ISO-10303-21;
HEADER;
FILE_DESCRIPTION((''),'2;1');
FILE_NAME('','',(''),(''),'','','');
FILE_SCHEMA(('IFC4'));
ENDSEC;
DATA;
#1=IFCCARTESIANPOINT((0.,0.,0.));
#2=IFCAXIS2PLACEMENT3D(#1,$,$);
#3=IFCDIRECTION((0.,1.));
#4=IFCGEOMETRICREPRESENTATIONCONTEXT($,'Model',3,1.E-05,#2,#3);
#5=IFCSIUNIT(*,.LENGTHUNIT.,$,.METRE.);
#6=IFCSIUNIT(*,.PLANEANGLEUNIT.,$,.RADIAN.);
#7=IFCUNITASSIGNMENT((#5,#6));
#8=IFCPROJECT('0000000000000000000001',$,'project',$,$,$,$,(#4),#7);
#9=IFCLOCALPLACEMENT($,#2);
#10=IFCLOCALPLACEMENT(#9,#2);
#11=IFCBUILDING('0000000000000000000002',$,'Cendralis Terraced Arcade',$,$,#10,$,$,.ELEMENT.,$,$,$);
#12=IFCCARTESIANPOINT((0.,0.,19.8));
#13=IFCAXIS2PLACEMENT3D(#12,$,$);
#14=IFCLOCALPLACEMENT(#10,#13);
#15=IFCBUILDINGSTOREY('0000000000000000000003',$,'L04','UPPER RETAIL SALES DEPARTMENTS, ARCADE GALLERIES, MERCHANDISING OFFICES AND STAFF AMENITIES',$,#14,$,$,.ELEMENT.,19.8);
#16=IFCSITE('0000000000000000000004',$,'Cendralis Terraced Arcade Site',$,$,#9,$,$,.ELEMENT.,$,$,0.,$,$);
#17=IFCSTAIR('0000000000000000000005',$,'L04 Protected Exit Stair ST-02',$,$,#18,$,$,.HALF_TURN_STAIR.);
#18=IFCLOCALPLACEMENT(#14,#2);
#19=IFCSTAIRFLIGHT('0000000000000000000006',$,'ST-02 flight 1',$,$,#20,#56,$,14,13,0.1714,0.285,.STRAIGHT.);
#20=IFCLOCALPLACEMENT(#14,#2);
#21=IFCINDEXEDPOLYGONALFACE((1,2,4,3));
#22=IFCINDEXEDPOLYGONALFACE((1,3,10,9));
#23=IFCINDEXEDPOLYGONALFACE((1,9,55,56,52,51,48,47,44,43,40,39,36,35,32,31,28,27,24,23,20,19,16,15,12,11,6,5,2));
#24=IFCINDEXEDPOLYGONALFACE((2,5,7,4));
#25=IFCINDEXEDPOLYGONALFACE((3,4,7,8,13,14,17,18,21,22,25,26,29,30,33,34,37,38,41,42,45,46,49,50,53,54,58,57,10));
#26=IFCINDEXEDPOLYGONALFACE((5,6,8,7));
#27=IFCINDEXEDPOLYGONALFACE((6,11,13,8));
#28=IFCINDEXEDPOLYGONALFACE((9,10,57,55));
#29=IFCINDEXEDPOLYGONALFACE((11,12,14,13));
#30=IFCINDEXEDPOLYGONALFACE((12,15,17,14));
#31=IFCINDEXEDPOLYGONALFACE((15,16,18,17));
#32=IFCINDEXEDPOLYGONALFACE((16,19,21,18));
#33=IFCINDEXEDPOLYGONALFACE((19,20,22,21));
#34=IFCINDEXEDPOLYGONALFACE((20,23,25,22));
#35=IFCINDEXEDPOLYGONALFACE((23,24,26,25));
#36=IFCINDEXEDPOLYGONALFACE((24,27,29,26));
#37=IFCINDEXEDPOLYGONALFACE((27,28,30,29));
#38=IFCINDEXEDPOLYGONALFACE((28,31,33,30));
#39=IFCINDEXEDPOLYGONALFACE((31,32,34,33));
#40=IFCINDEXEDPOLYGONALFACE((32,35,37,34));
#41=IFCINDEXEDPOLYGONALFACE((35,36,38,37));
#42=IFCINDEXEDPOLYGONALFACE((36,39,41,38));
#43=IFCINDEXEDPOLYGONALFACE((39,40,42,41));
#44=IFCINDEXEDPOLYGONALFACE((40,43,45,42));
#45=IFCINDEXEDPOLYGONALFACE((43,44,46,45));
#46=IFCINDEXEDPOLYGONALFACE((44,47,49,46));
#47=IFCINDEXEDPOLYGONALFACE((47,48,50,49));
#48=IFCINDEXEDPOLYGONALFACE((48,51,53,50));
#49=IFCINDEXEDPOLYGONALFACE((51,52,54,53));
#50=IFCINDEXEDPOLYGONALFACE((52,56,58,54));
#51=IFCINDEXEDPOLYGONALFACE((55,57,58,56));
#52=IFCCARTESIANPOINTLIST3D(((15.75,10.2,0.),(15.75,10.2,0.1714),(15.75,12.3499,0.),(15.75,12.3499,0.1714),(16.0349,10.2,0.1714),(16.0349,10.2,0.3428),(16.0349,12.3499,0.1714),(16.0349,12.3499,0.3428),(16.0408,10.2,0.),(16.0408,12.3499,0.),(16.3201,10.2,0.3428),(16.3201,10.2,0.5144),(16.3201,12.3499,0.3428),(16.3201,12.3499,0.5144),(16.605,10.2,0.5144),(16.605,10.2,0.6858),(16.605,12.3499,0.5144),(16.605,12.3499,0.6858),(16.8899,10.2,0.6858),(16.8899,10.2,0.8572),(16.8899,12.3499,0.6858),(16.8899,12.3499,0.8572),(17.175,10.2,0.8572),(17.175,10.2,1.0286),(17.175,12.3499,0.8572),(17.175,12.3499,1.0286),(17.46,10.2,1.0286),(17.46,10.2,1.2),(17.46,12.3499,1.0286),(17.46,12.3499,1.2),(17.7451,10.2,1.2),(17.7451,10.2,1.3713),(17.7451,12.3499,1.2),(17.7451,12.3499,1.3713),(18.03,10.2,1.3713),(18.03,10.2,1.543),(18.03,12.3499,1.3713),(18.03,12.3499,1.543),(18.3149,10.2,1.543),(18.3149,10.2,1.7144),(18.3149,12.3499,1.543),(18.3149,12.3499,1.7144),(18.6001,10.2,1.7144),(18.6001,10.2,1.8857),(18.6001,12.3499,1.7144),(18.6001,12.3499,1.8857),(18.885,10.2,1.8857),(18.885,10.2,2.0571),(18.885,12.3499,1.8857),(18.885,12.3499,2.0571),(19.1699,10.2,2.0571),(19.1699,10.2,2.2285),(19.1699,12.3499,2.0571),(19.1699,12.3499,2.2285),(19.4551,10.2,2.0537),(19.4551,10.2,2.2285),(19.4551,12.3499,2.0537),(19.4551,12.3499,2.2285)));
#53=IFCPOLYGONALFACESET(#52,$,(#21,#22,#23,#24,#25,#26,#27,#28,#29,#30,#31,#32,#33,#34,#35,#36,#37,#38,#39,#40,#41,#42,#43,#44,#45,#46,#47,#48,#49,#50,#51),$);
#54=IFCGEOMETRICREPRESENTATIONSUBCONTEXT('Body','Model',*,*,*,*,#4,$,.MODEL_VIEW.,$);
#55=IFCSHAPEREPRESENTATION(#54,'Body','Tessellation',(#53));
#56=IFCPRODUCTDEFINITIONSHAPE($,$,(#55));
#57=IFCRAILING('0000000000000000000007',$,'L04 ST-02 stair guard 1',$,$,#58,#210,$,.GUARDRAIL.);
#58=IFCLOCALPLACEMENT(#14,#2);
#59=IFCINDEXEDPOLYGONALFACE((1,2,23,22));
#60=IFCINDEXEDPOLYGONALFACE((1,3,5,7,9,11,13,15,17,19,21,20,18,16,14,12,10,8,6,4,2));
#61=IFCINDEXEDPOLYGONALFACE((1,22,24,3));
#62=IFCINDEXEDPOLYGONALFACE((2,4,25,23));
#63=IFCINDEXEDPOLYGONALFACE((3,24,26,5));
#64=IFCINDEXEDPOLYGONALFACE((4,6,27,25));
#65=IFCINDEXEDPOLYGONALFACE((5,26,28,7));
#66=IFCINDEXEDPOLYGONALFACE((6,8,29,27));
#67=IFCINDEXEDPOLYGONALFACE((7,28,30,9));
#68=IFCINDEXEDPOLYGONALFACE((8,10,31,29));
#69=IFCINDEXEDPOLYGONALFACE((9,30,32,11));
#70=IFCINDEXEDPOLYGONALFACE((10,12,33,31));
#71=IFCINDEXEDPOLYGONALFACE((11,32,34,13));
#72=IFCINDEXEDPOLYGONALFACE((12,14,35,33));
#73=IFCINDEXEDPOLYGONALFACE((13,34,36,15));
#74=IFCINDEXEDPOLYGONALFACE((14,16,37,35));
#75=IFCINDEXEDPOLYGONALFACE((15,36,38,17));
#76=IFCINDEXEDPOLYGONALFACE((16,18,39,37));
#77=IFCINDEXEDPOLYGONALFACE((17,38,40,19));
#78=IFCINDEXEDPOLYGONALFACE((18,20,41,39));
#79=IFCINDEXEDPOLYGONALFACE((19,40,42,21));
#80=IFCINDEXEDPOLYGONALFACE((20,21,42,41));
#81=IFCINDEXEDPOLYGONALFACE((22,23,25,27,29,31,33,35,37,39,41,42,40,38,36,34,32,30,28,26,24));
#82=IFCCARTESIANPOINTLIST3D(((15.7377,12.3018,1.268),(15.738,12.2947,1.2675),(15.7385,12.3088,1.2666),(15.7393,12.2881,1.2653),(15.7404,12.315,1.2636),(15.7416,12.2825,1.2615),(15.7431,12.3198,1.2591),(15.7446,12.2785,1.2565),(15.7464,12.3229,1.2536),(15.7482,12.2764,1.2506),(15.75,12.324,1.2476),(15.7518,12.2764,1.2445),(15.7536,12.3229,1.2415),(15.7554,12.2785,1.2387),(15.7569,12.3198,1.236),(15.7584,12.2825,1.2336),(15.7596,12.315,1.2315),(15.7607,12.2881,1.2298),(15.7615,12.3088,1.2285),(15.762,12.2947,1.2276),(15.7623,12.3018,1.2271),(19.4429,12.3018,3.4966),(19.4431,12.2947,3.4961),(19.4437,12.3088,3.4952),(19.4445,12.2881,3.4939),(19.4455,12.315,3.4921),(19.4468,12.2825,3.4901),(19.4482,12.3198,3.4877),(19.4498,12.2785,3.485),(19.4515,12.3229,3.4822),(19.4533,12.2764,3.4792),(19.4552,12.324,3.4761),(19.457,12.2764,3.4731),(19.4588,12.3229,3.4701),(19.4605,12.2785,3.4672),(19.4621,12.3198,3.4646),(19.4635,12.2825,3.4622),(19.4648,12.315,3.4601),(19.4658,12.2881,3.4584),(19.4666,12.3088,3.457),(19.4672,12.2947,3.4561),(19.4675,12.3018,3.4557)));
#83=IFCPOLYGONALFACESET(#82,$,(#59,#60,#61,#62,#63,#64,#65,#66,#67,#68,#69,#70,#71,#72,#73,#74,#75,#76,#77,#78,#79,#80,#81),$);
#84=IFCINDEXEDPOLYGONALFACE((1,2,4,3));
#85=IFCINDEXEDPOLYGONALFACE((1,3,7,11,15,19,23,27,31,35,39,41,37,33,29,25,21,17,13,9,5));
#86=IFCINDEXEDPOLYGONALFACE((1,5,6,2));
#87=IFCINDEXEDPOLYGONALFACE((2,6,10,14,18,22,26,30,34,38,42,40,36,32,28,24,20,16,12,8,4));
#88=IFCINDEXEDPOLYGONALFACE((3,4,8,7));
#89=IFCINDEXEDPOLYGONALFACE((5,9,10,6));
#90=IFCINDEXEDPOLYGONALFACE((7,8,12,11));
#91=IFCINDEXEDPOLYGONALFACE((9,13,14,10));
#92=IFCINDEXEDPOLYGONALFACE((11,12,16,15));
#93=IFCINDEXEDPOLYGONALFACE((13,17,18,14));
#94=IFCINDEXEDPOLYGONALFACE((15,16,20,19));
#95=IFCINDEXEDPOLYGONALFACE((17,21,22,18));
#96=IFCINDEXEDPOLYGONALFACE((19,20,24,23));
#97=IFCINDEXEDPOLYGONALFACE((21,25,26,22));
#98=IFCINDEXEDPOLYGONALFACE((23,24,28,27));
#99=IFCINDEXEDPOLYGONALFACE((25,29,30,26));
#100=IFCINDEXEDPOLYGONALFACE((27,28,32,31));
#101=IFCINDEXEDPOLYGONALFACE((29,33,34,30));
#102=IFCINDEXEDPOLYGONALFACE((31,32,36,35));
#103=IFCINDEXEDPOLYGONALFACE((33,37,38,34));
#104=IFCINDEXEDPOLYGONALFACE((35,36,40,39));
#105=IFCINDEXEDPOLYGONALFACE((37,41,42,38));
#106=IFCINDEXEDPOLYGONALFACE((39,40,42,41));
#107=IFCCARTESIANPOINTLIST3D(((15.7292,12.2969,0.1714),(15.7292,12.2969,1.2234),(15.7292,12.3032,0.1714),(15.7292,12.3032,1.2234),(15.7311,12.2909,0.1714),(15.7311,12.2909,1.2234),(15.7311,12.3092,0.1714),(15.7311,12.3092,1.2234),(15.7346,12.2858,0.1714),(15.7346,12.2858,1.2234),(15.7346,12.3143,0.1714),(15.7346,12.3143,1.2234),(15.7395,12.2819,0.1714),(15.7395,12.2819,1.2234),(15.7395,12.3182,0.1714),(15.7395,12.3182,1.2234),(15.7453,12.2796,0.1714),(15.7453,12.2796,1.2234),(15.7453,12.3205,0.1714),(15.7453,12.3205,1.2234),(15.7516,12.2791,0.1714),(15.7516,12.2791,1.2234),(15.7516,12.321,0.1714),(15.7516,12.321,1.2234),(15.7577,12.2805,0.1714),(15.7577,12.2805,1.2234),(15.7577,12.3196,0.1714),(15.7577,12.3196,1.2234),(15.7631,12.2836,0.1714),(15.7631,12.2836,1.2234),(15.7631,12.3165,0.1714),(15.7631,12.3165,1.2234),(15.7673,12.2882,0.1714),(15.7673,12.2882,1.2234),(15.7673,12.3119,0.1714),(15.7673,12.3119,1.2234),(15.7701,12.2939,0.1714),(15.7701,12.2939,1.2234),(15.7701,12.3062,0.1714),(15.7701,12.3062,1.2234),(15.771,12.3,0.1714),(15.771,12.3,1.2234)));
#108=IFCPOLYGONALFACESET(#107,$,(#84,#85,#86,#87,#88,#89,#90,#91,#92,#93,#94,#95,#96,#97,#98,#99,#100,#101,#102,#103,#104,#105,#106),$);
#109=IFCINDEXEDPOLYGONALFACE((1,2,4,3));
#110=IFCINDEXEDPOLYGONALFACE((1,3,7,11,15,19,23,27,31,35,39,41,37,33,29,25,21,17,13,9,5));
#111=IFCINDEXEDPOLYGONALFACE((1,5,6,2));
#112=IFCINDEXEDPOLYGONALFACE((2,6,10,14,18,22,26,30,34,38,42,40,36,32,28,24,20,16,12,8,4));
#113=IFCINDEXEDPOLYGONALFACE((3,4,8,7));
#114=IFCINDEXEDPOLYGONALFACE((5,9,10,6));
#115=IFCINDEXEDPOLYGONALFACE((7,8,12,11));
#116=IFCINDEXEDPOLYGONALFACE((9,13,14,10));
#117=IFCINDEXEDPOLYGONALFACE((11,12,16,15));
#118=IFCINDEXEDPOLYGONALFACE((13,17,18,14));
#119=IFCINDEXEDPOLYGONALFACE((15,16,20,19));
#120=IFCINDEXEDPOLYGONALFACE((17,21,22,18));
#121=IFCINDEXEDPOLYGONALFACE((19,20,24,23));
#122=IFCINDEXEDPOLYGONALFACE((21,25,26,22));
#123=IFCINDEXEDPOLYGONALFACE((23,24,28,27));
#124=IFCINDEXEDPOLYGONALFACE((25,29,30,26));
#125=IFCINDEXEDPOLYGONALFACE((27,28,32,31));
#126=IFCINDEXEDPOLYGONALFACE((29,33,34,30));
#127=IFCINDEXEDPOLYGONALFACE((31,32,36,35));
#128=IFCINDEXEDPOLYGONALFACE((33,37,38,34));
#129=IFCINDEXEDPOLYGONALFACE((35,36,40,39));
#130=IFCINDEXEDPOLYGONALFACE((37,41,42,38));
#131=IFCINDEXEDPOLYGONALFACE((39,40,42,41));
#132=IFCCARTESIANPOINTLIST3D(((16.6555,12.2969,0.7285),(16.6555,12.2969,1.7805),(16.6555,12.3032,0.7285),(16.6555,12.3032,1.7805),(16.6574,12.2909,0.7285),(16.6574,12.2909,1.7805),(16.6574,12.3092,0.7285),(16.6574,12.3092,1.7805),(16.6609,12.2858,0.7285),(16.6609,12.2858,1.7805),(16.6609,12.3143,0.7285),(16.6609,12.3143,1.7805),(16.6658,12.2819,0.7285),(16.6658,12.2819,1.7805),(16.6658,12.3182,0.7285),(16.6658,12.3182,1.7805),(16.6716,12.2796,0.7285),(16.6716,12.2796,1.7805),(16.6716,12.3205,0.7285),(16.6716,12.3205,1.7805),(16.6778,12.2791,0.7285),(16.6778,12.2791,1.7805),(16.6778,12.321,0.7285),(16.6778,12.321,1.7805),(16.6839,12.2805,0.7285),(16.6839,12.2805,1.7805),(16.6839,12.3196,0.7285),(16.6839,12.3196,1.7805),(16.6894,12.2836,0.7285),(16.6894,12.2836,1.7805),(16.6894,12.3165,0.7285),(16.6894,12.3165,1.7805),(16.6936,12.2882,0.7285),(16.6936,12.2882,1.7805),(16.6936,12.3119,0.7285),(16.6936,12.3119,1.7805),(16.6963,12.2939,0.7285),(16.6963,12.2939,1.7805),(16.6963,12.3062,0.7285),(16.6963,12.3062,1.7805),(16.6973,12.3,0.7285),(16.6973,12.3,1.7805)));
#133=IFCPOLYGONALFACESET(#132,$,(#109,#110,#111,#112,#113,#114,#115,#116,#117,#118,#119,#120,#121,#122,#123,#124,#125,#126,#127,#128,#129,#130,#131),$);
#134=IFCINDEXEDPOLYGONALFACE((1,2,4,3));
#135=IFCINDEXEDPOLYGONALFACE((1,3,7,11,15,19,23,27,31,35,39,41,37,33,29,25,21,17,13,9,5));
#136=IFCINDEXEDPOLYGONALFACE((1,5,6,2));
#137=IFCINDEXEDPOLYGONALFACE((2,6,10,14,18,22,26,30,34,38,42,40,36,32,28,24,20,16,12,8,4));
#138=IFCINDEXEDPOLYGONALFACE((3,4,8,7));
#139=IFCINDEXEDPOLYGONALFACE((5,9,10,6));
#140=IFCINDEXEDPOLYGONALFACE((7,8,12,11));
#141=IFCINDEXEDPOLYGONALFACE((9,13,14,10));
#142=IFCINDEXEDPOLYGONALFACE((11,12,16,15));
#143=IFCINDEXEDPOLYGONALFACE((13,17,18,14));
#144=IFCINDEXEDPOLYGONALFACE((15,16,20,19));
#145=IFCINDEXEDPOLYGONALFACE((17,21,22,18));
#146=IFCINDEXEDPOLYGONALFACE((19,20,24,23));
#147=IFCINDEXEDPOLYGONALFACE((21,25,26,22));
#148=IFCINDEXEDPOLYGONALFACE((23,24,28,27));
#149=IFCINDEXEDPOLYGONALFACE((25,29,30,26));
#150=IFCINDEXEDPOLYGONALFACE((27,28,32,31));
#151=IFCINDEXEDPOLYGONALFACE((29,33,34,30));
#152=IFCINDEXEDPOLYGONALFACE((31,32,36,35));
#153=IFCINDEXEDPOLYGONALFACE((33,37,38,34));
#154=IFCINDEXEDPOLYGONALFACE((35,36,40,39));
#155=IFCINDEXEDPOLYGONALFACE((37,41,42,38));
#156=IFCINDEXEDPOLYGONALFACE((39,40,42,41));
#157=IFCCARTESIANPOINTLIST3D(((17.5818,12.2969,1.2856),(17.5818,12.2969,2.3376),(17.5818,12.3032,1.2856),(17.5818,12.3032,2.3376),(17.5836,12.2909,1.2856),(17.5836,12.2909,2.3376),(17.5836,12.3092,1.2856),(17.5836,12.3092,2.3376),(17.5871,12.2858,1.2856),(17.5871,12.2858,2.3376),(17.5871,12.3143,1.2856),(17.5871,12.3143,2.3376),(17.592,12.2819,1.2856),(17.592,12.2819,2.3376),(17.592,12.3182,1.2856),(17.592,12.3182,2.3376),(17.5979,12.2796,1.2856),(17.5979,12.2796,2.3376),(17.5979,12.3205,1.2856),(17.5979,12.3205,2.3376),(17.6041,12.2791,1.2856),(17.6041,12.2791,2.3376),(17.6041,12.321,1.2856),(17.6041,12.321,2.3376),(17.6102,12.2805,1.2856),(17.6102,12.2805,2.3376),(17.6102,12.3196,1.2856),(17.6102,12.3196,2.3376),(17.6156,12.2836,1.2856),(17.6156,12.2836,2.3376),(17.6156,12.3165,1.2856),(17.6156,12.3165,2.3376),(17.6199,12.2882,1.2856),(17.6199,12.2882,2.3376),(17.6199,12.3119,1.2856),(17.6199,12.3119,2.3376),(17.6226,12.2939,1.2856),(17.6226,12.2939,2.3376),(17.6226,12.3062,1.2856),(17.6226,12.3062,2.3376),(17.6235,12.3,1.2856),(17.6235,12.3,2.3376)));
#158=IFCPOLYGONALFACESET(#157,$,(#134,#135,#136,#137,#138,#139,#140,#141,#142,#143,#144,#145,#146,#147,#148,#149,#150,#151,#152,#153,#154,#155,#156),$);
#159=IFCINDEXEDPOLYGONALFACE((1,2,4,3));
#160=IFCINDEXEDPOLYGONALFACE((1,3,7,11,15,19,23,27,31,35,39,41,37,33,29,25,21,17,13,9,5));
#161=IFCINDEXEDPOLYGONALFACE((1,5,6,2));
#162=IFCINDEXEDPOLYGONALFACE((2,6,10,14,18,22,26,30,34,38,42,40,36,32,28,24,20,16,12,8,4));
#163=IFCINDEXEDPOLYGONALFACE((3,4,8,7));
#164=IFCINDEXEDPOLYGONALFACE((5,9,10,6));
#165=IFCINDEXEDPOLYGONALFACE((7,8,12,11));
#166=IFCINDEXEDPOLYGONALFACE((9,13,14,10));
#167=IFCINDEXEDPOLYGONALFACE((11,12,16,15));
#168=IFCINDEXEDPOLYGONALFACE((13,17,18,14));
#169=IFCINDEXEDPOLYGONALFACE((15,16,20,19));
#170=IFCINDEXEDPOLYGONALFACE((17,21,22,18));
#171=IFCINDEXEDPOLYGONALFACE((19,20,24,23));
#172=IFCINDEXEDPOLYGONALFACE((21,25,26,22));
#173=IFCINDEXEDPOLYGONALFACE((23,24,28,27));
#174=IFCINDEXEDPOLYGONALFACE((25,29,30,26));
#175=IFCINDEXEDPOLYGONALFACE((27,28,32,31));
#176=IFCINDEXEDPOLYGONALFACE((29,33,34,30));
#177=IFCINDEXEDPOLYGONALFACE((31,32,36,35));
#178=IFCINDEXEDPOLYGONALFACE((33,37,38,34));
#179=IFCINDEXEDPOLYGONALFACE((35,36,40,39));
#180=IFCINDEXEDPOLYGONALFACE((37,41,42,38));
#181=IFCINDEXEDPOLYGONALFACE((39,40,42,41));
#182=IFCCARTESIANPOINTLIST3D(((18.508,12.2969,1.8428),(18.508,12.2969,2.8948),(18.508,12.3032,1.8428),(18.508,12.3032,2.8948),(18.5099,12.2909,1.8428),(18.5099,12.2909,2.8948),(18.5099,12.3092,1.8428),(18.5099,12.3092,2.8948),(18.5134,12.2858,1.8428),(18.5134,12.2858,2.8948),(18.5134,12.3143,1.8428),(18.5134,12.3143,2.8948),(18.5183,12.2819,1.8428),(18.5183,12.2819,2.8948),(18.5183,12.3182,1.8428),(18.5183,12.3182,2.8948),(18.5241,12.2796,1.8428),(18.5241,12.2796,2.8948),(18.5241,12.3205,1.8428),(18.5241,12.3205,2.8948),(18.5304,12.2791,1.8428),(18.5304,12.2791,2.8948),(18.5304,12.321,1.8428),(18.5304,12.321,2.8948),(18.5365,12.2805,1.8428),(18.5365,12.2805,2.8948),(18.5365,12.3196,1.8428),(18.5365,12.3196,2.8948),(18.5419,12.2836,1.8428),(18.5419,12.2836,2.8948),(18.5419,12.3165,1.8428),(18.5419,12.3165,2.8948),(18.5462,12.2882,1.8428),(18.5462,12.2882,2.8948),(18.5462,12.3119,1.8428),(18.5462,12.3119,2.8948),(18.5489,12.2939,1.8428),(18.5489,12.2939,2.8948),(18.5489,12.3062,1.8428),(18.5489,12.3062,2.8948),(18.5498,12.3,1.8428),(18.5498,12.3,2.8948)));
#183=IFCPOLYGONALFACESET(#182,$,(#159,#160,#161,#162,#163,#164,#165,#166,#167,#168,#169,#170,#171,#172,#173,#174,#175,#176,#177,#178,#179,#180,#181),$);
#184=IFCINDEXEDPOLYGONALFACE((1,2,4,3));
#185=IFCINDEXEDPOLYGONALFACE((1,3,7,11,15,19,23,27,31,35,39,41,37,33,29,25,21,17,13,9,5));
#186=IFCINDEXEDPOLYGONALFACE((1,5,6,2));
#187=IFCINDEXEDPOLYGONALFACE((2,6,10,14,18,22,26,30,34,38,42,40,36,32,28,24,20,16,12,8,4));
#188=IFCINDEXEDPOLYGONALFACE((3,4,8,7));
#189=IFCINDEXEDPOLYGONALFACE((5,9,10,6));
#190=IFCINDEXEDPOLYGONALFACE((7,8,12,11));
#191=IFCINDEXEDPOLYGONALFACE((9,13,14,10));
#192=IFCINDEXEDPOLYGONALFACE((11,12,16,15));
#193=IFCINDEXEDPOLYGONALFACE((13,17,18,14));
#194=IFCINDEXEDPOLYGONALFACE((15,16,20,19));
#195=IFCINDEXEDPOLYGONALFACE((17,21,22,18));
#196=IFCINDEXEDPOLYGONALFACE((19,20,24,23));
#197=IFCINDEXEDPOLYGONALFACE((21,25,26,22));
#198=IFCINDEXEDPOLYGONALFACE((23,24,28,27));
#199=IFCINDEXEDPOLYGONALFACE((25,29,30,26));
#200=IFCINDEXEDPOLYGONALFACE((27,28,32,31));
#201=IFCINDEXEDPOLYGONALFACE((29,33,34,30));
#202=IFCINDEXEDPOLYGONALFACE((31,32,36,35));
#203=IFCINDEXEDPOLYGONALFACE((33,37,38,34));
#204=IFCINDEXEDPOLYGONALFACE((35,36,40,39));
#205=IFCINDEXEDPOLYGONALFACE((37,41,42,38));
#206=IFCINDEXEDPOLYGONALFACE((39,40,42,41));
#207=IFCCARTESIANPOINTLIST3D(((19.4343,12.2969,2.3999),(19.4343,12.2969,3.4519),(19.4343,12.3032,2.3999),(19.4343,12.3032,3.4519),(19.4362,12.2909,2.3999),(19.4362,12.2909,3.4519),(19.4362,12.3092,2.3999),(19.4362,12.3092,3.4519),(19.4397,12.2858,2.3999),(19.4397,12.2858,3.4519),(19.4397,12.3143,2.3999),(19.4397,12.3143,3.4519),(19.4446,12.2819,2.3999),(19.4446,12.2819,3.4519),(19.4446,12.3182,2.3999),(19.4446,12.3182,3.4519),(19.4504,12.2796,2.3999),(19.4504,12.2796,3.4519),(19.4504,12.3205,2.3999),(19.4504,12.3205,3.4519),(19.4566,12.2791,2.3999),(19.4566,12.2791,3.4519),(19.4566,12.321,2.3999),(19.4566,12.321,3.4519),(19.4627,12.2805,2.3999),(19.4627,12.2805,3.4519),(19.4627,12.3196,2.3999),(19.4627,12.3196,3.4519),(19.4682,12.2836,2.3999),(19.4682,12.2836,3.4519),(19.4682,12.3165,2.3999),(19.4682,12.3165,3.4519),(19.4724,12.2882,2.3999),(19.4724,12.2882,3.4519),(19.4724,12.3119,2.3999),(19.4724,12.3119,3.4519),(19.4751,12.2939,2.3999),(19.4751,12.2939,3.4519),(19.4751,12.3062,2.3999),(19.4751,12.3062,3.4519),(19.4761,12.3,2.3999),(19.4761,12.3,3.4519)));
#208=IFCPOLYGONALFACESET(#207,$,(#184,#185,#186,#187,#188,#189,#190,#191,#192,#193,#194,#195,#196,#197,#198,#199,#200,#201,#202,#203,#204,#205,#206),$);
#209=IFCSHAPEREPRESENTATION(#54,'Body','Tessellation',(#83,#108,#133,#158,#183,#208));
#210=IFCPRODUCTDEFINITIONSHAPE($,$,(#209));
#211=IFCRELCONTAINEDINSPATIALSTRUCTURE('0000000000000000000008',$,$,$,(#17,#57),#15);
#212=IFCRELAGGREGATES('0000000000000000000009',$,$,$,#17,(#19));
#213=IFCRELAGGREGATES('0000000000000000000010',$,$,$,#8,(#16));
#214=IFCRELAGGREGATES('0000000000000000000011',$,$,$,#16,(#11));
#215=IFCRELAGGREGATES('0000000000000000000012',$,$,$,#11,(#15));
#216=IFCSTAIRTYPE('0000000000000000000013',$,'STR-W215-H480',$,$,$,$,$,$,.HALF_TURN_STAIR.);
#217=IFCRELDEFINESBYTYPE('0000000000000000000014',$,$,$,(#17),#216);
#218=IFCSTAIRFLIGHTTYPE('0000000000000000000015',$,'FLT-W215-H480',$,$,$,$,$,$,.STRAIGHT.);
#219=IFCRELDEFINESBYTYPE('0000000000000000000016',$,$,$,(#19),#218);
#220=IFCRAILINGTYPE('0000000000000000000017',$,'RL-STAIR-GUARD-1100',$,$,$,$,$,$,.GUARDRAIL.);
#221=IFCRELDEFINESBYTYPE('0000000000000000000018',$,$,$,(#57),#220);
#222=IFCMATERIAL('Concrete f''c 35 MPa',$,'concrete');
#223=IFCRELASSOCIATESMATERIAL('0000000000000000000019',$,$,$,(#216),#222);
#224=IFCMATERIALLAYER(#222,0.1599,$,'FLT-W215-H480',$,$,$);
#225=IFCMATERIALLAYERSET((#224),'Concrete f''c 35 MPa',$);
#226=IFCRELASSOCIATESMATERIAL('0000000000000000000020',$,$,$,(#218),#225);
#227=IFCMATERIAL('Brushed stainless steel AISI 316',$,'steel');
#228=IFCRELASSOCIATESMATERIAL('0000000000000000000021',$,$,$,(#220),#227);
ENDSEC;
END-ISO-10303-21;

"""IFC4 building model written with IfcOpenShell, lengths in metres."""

from ifc_helpers import new_model, si_unit, direction, frame, origin, origin_2d, place, context, subcontext, project, spatial, polyline, circle, outline, extrude, material, layer, layer_set, type_object, element, aggregate, save


model = new_model("IFC4")

# Units and contexts
model_context = context("Model", 3, precision=1e-05, world=origin(), true_north=direction((0.0, 1.0)))
body_context = subcontext(model_context, "Body", "Model", "MODEL_VIEW")
ifc_project = project(units=[si_unit("LENGTHUNIT", "METRE"), si_unit("PLANEANGLEUNIT", "RADIAN")], contexts=[model_context])

# Site, building, storey
site_placement = place(None, origin())
site = spatial("IfcSite", under=ifc_project, at=site_placement, Name="Cendralis Terraced Arcade Site", CompositionType="ELEMENT", RefElevation=0.0)
building_placement = place(site_placement, origin())
building = spatial("IfcBuilding", under=site, at=building_placement, Name="Cendralis Terraced Arcade", CompositionType="ELEMENT")
storey_placement = place(building_placement, frame((0.0, 0.0, 19.8)))
storey = spatial("IfcBuildingStorey", under=building, at=storey_placement, Name="L04", Description="UPPER RETAIL SALES DEPARTMENTS, ARCADE GALLERIES, MERCHANDISING OFFICES AND STAFF AMENITIES", CompositionType="ELEMENT", Elevation=19.8)

# Shared definitions
ifc_material_1 = material(Name="Concrete f'c 35 MPa", Category="concrete")

# Stair, stair flight
stair_type = type_object("IfcStairType", Name="STR-W215-H480", PredefinedType="HALF_TURN_STAIR", material=ifc_material_1)
stair_placement = place(storey_placement, origin())
stair = element("IfcStair", 1, at=stair_placement, inside=storey, type_object=stair_type, Name="L04 Protected Exit Stair ST-02", PredefinedType="HALF_TURN_STAIR")
ifc_layer_1 = layer(ifc_material_1, 0.1599, Name="FLT-W215-H480")
ifc_layer_set_1 = layer_set([ifc_layer_1], Name="Concrete f'c 35 MPa")
stair_flight_type = type_object("IfcStairFlightType", Name="FLT-W215-H480", PredefinedType="STRAIGHT", material=ifc_layer_set_1)
stair_flight_placement = place(storey_placement, frame((15.75, 11.2749, 0.0), z_axis=(0.0, 0.0, 1.0), x_axis=(1.0, 0.0, 0.0)))
stair_flight = element("IfcStairFlight", 2, at=stair_flight_placement, type_object=stair_flight_type, Name="ST-02 flight 1", NumberOfRisers=14, NumberOfTreads=13, PredefinedType="STRAIGHT", RiserHeight=0.1714, TreadLength=0.285, context=body_context, shape_type="SweptSolid", body=[
    extrude(outline(polyline([(0.0, 0.0), (0.0, 0.1714), (0.2849, 0.1714), (0.2849, 0.3428), (0.5701, 0.3428), (0.5701, 0.5144), (0.855, 0.5144), (0.855, 0.6858), (1.1399, 0.6858), (1.1399, 0.8572), (1.425, 0.8572), (1.425, 1.0286), (1.71, 1.0286), (1.71, 1.2), (1.9951, 1.2), (1.9951, 1.3713), (2.28, 1.3713), (2.28, 1.543), (2.5649, 1.543), (2.5649, 1.7144), (2.8501, 1.7144), (2.8501, 1.8857), (3.135, 1.8857), (3.135, 2.0571), (3.4199, 2.0571), (3.4199, 2.2285), (3.7051, 2.2285), (3.7051, 2.3999), (3.7051, 2.0537), (0.2908, 0.0), (0.0, 0.0)])), frame((0.0, 1.075, 0.0), z_axis=(0.0, -1.0, 0.0), x_axis=(1.0, 0.0, 0.0)), (0.0, 0.0, 1.0), 2.1499),
])
aggregate(stair, [stair_flight])

# Railing
ifc_material_2 = material(Name="Brushed stainless steel AISI 316", Category="steel")
railing_type_1 = type_object("IfcRailingType", Name="RL-STAIR-GUARD-1100", PredefinedType="GUARDRAIL", material=ifc_material_2)
railing_1_placement = place(storey_placement, frame((15.75, 12.3, 0.1714)))
element("IfcRailing", 3, at=railing_1_placement, inside=storey, type_object=railing_type_1, Name="L04 ST-02 stair guard 1", PredefinedType="GUARDRAIL", context=body_context, shape_type="SweptSolid", body=[
    extrude(circle(Radius=0.0239, at=origin_2d()), frame((0.0, 0.0, 1.0762), z_axis=(0.856934, 0.0, 0.515425), x_axis=(0.0, 1.0, 0.0)), (0.0, 0.0, 1.0), 4.3237),
    extrude(circle(Radius=0.021, at=origin_2d()), origin(), (0.0, 0.0, 1.0), 1.052),
    extrude(circle(Radius=0.021, at=origin_2d()), frame((0.9263, 0.0, 0.5571)), (0.0, 0.0, 1.0), 1.052),
    extrude(circle(Radius=0.021, at=origin_2d()), frame((1.8525, 0.0, 1.1143)), (0.0, 0.0, 1.0), 1.052),
    extrude(circle(Radius=0.021, at=origin_2d()), frame((2.7788, 0.0, 1.6714)), (0.0, 0.0, 1.0), 1.052),
    extrude(circle(Radius=0.021, at=origin_2d()), frame((3.7051, 0.0, 2.2285)), (0.0, 0.0, 1.0), 1.052),
])

save(model, "model.ifc")
